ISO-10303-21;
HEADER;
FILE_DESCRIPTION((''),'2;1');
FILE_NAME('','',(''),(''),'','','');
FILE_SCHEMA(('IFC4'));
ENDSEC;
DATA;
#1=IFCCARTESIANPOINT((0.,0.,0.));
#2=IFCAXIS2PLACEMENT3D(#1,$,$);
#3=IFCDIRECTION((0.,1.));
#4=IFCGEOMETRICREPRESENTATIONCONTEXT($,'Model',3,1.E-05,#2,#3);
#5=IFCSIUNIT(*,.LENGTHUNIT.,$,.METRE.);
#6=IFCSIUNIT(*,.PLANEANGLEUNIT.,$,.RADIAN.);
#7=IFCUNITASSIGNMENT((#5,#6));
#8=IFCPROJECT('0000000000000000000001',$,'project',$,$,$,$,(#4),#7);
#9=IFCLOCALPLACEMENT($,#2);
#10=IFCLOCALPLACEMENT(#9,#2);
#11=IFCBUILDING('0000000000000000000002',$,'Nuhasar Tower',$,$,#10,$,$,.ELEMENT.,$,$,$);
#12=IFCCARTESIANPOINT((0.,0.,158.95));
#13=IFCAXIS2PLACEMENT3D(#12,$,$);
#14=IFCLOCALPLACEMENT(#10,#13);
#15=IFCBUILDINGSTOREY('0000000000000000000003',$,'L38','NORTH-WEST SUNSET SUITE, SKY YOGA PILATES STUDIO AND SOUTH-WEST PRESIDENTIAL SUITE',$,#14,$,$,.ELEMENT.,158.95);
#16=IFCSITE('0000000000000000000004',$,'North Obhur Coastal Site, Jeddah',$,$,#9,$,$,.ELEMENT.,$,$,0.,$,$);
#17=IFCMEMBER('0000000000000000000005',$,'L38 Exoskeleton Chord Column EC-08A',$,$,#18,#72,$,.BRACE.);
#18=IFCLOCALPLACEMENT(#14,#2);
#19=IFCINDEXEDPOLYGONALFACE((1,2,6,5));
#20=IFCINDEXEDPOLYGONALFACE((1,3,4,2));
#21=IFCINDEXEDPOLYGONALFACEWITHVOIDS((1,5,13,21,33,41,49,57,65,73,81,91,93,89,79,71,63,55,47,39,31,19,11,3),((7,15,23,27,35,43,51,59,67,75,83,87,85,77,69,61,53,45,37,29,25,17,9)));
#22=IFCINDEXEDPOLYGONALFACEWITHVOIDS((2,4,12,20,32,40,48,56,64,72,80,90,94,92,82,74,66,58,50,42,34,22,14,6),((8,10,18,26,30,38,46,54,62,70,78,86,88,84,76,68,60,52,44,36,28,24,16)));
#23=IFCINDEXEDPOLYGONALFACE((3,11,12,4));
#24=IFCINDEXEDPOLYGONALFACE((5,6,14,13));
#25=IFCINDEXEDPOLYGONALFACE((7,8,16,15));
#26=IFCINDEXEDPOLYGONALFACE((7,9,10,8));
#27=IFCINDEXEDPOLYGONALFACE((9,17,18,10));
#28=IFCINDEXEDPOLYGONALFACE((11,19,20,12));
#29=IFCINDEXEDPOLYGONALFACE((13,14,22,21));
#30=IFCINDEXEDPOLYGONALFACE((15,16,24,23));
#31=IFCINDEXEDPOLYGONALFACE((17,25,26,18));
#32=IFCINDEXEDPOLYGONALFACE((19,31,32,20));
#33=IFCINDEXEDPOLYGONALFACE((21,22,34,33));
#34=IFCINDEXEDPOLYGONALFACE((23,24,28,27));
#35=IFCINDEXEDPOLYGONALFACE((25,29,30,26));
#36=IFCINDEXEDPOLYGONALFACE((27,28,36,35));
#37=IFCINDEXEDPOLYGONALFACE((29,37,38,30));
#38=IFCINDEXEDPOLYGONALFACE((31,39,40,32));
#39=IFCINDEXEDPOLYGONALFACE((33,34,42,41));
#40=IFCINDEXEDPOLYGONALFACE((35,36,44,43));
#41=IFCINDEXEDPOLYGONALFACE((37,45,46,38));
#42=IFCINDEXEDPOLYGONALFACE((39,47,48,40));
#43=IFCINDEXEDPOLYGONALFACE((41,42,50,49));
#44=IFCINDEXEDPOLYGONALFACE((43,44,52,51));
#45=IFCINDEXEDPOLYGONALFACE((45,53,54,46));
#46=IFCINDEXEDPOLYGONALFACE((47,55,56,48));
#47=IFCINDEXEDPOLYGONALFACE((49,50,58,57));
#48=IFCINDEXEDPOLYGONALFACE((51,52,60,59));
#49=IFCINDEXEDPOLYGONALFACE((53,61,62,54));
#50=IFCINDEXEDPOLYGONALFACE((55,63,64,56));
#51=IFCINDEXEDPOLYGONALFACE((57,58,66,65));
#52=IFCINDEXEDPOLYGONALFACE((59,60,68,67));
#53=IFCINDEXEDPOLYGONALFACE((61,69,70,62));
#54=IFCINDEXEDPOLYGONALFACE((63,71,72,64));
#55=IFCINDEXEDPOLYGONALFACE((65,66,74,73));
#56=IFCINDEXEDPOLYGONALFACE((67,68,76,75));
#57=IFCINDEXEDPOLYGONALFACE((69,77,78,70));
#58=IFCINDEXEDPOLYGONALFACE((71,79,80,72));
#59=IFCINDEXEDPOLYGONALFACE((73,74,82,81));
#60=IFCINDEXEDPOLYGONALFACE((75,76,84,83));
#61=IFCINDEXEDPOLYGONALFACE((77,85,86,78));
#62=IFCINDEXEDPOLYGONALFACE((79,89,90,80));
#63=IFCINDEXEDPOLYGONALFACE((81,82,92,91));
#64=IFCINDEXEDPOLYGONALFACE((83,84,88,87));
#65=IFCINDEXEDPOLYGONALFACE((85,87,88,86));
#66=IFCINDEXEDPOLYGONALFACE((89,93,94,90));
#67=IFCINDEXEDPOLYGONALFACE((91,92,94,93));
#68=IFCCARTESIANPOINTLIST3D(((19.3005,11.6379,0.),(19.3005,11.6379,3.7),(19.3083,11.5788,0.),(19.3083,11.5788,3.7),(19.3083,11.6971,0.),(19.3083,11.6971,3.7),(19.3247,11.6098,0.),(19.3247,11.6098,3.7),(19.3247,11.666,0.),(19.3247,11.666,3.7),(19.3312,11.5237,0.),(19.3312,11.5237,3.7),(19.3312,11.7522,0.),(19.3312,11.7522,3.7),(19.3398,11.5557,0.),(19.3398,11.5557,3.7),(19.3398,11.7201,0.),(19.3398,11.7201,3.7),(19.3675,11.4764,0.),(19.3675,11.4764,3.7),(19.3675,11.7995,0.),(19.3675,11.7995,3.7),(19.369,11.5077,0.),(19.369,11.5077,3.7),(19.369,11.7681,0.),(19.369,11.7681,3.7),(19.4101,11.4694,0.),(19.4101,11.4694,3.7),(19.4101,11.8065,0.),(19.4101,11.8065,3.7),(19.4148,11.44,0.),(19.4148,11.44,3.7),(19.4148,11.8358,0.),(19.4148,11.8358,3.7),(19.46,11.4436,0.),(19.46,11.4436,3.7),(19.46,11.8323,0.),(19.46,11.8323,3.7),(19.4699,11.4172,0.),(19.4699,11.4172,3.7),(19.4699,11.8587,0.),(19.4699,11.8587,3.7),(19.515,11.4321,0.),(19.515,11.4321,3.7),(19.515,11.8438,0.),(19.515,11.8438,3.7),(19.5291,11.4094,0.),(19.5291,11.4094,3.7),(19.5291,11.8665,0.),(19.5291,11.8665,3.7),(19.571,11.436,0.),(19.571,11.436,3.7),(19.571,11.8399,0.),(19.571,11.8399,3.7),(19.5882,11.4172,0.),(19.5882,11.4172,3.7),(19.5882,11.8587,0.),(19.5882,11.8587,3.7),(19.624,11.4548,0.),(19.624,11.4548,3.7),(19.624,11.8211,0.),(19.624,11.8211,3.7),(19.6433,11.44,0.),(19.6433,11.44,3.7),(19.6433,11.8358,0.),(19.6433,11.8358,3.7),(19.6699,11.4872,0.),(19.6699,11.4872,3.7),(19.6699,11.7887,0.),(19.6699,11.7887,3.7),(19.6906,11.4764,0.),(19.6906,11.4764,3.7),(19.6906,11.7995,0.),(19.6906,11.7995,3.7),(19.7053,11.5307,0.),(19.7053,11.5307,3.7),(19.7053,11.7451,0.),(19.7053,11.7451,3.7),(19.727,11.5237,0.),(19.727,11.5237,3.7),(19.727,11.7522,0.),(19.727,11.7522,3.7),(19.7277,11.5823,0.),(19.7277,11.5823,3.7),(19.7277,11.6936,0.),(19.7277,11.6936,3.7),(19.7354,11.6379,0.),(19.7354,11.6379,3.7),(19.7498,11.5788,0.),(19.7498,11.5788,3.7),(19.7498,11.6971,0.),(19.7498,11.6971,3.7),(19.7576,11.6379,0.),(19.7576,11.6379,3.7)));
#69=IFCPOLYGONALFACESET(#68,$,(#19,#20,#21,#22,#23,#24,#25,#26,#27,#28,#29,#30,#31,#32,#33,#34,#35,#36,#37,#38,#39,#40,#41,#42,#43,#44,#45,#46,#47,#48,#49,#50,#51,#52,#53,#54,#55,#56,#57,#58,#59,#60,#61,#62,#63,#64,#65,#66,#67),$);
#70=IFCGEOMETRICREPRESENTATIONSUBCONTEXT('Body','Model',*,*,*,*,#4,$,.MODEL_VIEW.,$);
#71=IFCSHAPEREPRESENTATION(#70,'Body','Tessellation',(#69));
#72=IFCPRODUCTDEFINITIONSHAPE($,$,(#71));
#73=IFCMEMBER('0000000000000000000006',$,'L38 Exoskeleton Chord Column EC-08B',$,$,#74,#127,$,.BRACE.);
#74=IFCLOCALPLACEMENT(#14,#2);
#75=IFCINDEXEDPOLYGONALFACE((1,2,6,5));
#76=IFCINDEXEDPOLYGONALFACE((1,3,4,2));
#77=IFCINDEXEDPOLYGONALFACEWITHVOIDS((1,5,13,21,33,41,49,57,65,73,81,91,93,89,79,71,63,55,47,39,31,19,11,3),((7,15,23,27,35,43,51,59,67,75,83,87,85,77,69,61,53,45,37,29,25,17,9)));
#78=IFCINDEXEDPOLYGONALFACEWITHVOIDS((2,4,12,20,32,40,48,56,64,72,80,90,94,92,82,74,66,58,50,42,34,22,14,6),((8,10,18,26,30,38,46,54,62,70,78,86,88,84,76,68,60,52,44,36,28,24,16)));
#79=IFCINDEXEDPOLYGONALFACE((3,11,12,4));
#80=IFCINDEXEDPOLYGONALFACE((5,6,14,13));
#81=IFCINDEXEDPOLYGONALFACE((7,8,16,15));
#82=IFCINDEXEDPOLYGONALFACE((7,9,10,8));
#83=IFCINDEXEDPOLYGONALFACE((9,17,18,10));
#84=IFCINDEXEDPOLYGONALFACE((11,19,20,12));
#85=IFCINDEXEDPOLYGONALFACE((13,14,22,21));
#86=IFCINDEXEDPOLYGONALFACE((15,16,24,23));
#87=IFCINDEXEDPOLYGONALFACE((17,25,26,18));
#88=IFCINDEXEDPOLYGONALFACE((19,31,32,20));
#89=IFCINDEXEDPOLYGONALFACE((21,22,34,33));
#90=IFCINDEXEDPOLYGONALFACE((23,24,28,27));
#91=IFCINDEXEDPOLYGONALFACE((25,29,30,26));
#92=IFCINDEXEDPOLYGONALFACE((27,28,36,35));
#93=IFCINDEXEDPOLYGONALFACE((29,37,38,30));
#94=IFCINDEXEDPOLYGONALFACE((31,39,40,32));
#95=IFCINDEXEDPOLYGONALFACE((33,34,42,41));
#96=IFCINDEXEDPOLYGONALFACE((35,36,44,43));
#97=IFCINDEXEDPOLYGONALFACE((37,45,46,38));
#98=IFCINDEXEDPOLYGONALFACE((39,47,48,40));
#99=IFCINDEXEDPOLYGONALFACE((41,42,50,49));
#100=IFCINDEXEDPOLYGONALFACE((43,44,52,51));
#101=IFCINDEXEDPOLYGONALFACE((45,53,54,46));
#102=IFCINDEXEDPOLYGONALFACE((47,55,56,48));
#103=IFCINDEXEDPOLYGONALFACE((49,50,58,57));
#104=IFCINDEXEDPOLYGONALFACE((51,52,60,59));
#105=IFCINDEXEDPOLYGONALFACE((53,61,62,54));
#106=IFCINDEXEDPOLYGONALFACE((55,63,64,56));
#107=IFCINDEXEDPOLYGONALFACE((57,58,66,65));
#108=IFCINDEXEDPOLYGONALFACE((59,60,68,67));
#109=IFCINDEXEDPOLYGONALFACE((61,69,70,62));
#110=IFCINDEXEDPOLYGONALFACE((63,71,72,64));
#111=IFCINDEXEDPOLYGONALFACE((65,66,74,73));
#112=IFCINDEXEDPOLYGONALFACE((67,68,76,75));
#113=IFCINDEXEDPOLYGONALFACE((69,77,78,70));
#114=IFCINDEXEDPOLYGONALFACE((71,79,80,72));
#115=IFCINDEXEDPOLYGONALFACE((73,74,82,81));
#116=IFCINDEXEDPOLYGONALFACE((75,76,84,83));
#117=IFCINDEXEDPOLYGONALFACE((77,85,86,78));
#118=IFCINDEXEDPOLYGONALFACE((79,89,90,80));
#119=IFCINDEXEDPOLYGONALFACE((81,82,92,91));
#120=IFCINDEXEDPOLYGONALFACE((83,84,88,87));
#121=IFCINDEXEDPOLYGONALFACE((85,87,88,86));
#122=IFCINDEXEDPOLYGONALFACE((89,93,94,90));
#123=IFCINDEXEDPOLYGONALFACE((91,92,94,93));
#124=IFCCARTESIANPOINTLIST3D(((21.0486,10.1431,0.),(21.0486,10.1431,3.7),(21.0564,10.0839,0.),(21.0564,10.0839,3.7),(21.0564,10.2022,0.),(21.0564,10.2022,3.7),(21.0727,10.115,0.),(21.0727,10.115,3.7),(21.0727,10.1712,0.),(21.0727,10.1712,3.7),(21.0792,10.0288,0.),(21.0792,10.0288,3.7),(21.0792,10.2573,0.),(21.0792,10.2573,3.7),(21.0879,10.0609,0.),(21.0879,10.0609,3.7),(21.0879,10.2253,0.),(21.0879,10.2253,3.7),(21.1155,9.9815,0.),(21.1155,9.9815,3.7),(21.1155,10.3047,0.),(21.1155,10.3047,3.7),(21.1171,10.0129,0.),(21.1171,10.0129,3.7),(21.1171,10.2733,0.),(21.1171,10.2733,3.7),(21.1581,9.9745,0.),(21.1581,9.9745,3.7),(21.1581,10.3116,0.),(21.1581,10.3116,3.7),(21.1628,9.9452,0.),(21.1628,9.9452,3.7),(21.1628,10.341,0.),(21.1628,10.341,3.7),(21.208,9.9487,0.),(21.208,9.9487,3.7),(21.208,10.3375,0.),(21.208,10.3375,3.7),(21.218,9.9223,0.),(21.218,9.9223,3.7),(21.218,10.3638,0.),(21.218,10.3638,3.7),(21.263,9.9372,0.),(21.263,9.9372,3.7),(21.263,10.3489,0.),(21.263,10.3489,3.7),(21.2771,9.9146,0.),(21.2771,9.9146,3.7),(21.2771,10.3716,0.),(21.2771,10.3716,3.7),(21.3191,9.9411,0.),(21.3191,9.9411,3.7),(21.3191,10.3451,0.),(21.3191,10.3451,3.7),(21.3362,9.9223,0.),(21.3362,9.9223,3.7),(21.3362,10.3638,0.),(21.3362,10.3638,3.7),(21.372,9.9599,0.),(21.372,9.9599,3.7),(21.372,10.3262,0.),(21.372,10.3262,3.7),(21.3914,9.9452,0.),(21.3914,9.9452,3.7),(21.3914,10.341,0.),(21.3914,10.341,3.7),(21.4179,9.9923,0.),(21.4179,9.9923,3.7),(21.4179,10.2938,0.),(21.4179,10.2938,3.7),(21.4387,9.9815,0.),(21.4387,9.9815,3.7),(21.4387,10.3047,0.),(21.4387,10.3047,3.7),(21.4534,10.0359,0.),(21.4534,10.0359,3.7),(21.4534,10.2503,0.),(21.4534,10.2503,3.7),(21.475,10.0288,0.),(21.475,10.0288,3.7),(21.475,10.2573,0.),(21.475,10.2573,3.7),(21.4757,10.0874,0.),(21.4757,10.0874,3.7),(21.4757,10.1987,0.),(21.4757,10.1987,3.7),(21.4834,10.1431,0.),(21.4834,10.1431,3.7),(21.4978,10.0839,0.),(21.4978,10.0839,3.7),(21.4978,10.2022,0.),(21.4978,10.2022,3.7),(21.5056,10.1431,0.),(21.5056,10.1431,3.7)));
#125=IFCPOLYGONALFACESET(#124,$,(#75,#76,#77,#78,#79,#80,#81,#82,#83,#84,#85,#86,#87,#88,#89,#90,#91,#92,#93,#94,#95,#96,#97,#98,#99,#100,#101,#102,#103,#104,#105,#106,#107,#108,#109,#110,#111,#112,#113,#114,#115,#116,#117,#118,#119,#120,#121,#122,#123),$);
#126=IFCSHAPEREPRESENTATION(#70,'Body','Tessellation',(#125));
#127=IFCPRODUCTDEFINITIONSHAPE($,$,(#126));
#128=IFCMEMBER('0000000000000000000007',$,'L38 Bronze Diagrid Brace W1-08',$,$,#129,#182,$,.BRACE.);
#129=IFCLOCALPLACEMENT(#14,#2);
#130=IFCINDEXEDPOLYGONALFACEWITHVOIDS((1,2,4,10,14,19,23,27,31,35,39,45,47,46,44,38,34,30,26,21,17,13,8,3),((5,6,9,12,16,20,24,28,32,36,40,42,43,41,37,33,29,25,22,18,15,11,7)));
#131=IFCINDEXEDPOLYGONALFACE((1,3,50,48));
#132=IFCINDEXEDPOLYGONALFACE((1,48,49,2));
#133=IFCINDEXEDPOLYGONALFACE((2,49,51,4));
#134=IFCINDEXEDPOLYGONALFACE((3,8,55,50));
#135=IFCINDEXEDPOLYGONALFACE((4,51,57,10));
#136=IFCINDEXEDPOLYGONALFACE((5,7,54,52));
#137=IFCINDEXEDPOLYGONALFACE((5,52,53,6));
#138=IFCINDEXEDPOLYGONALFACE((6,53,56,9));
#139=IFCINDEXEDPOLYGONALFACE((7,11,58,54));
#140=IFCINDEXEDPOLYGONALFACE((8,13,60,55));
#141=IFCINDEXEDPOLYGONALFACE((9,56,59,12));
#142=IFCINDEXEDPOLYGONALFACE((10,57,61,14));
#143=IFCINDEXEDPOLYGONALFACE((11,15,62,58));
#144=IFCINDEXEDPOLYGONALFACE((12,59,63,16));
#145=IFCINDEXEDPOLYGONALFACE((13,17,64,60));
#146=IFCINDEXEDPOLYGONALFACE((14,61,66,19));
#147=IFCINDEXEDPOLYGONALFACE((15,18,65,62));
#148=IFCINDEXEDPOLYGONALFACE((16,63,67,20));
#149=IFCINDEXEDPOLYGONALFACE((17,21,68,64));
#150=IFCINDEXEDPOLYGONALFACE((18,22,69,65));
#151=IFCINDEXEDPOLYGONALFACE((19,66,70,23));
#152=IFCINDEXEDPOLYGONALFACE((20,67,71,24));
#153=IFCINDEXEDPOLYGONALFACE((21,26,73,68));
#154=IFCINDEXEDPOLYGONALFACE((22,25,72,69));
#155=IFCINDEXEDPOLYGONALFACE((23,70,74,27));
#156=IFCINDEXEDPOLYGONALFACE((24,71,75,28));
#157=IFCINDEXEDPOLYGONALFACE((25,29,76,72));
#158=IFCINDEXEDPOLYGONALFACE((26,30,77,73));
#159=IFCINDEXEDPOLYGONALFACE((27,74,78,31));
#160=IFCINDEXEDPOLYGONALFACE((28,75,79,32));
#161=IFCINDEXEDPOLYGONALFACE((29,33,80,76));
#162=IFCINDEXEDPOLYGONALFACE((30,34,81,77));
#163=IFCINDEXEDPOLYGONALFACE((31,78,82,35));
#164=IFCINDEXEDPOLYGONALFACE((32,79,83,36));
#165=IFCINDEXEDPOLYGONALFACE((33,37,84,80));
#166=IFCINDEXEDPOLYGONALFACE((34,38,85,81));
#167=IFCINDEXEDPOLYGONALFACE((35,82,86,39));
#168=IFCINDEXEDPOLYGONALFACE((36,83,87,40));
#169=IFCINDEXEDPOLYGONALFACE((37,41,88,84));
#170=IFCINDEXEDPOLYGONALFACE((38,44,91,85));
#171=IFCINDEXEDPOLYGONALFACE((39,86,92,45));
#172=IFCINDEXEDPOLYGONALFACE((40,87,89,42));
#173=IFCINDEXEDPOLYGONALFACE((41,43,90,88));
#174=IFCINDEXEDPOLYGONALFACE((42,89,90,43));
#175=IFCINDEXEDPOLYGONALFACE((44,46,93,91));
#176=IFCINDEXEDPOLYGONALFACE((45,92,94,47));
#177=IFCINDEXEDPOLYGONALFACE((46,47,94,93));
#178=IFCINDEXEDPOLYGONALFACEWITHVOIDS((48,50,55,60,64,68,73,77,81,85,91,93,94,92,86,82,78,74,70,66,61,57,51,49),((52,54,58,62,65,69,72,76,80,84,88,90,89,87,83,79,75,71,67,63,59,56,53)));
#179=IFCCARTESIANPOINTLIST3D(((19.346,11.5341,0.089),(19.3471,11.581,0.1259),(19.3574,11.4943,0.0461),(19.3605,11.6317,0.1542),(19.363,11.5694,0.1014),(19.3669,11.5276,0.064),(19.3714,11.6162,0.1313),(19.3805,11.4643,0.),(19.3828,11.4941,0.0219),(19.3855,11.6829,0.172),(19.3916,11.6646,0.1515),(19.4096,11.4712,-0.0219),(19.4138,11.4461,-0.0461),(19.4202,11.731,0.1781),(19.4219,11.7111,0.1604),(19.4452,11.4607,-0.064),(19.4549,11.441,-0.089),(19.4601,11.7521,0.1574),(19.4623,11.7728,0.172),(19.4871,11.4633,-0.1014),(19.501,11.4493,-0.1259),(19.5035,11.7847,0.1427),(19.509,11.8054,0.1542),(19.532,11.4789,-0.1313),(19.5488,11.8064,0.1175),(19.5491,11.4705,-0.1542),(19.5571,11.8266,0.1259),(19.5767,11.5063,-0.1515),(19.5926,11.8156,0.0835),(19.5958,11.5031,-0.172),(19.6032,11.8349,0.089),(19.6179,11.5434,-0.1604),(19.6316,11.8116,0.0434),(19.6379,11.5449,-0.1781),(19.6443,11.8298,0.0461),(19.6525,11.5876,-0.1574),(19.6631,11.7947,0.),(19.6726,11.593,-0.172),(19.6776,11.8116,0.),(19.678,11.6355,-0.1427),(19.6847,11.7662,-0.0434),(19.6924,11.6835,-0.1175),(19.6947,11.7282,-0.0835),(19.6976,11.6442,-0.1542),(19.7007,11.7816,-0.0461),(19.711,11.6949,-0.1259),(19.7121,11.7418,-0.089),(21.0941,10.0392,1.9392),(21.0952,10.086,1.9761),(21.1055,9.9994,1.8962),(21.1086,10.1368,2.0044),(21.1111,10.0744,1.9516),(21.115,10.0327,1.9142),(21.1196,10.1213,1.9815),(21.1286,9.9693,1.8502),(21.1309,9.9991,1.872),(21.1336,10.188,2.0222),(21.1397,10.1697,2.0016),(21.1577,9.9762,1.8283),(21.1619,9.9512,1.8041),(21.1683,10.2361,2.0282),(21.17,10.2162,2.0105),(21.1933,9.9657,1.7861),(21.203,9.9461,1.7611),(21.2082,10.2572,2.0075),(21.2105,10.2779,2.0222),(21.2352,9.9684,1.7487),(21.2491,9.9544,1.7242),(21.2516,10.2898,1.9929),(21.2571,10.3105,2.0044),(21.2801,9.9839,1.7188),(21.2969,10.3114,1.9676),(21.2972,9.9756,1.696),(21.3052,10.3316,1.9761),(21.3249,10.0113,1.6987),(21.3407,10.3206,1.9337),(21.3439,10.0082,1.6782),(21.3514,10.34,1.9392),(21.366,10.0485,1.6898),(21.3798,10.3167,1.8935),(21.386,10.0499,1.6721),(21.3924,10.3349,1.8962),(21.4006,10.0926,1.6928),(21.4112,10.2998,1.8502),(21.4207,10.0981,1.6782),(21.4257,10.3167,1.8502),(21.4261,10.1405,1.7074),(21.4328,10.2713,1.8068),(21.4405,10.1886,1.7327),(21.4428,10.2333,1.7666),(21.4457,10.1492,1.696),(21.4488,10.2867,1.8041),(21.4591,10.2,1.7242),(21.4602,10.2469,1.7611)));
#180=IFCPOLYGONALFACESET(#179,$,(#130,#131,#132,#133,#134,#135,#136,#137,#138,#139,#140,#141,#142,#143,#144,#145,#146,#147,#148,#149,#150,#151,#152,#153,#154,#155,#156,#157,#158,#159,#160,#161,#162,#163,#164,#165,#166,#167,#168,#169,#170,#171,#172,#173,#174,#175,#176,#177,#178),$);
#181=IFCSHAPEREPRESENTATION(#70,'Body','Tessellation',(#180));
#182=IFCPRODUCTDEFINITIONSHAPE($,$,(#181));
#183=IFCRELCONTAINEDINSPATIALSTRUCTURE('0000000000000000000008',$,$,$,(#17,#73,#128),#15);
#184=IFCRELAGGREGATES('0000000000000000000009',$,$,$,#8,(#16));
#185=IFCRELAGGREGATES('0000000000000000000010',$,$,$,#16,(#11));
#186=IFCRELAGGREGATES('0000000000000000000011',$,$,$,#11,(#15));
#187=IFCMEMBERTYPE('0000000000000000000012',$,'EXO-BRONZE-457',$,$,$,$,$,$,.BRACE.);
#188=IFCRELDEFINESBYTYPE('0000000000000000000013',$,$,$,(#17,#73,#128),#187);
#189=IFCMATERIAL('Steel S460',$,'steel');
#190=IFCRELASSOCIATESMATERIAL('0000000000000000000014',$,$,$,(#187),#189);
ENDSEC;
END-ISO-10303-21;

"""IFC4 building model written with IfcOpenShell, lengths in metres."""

from ifc_helpers import new_model, si_unit, direction, frame, origin, origin_2d, place, context, subcontext, project, spatial, hollow_circle, extrude, material, material_profile, profile_set, type_object, element, save


model = new_model("IFC4")

# Units and contexts
model_context = context("Model", 3, precision=1e-05, world=origin(), true_north=direction((0.0, 1.0)))
body_context = subcontext(model_context, "Body", "Model", "MODEL_VIEW")
ifc_project = project(units=[si_unit("LENGTHUNIT", "METRE"), si_unit("PLANEANGLEUNIT", "RADIAN")], contexts=[model_context])

# Site, building, storey
site_placement = place(None, origin())
site = spatial("IfcSite", under=ifc_project, at=site_placement, Name="North Obhur Coastal Site, Jeddah", CompositionType="ELEMENT", RefElevation=0.0)
building_placement = place(site_placement, origin())
building = spatial("IfcBuilding", under=site, at=building_placement, Name="Nuhasar Tower", CompositionType="ELEMENT")
storey_placement = place(building_placement, frame((0.0, 0.0, 158.95)))
storey = spatial("IfcBuildingStorey", under=building, at=storey_placement, Name="L38", Description="NORTH-WEST SUNSET SUITE, SKY YOGA PILATES STUDIO AND SOUTH-WEST PRESIDENTIAL SUITE", CompositionType="ELEMENT", Elevation=158.95)

# Members
ifc_material_1 = material(Name="Steel S460", Category="steel")
ifc_material_profile_1 = material_profile(ifc_material_1, hollow_circle(Radius=0.2285, WallThickness=0.0222, at=origin_2d()), Name="HSS457X22.2")
ifc_profile_set_1 = profile_set([ifc_material_profile_1], Name="Steel S460")
member_type_1 = type_object("IfcMemberType", Name="EXO-BRONZE-457", PredefinedType="BRACE", material=ifc_profile_set_1)
for number, where, z_axis, x_axis, name in (
    (1, (19.5291, 11.6379, 0.0), (0.0, 0.0, 1.0), (1.0, 0.0, 0.0), "L38 Exoskeleton Chord Column EC-08A"),
    (2, (21.2771, 10.1431, 0.0), (0.0, 0.0, 1.0), (1.0, 0.0, 0.0), "L38 Exoskeleton Chord Column EC-08B"),
):
    element("IfcMember", number, at=place(storey_placement, frame(where, z_axis=z_axis, x_axis=x_axis)), inside=storey, type_object=member_type_1, Name=name, PredefinedType="BRACE", context=body_context, shape_type="SweptSolid", body=[
        extrude(hollow_circle(Radius=0.2285, WallThickness=0.0222, at=origin_2d()), origin(), (0.0, 0.0, 1.0), 3.7),
    ])
member_1_placement = place(storey_placement, frame((19.5291, 11.6379, 0.0), z_axis=(0.592195, -0.506426, 0.626767), x_axis=(0.649926, 0.759998, 0.0)))
element("IfcMember", 3, at=member_1_placement, inside=storey, type_object=member_type_1, Name="L38 Bronze Diagrid Brace W1-08", PredefinedType="BRACE", context=body_context, shape_type="SweptSolid", body=[
    extrude(hollow_circle(Radius=0.2285, WallThickness=0.0222, at=origin_2d()), origin(), (0.0, 0.0, 1.0), 2.9519),
])

save(model, "model.ifc")
